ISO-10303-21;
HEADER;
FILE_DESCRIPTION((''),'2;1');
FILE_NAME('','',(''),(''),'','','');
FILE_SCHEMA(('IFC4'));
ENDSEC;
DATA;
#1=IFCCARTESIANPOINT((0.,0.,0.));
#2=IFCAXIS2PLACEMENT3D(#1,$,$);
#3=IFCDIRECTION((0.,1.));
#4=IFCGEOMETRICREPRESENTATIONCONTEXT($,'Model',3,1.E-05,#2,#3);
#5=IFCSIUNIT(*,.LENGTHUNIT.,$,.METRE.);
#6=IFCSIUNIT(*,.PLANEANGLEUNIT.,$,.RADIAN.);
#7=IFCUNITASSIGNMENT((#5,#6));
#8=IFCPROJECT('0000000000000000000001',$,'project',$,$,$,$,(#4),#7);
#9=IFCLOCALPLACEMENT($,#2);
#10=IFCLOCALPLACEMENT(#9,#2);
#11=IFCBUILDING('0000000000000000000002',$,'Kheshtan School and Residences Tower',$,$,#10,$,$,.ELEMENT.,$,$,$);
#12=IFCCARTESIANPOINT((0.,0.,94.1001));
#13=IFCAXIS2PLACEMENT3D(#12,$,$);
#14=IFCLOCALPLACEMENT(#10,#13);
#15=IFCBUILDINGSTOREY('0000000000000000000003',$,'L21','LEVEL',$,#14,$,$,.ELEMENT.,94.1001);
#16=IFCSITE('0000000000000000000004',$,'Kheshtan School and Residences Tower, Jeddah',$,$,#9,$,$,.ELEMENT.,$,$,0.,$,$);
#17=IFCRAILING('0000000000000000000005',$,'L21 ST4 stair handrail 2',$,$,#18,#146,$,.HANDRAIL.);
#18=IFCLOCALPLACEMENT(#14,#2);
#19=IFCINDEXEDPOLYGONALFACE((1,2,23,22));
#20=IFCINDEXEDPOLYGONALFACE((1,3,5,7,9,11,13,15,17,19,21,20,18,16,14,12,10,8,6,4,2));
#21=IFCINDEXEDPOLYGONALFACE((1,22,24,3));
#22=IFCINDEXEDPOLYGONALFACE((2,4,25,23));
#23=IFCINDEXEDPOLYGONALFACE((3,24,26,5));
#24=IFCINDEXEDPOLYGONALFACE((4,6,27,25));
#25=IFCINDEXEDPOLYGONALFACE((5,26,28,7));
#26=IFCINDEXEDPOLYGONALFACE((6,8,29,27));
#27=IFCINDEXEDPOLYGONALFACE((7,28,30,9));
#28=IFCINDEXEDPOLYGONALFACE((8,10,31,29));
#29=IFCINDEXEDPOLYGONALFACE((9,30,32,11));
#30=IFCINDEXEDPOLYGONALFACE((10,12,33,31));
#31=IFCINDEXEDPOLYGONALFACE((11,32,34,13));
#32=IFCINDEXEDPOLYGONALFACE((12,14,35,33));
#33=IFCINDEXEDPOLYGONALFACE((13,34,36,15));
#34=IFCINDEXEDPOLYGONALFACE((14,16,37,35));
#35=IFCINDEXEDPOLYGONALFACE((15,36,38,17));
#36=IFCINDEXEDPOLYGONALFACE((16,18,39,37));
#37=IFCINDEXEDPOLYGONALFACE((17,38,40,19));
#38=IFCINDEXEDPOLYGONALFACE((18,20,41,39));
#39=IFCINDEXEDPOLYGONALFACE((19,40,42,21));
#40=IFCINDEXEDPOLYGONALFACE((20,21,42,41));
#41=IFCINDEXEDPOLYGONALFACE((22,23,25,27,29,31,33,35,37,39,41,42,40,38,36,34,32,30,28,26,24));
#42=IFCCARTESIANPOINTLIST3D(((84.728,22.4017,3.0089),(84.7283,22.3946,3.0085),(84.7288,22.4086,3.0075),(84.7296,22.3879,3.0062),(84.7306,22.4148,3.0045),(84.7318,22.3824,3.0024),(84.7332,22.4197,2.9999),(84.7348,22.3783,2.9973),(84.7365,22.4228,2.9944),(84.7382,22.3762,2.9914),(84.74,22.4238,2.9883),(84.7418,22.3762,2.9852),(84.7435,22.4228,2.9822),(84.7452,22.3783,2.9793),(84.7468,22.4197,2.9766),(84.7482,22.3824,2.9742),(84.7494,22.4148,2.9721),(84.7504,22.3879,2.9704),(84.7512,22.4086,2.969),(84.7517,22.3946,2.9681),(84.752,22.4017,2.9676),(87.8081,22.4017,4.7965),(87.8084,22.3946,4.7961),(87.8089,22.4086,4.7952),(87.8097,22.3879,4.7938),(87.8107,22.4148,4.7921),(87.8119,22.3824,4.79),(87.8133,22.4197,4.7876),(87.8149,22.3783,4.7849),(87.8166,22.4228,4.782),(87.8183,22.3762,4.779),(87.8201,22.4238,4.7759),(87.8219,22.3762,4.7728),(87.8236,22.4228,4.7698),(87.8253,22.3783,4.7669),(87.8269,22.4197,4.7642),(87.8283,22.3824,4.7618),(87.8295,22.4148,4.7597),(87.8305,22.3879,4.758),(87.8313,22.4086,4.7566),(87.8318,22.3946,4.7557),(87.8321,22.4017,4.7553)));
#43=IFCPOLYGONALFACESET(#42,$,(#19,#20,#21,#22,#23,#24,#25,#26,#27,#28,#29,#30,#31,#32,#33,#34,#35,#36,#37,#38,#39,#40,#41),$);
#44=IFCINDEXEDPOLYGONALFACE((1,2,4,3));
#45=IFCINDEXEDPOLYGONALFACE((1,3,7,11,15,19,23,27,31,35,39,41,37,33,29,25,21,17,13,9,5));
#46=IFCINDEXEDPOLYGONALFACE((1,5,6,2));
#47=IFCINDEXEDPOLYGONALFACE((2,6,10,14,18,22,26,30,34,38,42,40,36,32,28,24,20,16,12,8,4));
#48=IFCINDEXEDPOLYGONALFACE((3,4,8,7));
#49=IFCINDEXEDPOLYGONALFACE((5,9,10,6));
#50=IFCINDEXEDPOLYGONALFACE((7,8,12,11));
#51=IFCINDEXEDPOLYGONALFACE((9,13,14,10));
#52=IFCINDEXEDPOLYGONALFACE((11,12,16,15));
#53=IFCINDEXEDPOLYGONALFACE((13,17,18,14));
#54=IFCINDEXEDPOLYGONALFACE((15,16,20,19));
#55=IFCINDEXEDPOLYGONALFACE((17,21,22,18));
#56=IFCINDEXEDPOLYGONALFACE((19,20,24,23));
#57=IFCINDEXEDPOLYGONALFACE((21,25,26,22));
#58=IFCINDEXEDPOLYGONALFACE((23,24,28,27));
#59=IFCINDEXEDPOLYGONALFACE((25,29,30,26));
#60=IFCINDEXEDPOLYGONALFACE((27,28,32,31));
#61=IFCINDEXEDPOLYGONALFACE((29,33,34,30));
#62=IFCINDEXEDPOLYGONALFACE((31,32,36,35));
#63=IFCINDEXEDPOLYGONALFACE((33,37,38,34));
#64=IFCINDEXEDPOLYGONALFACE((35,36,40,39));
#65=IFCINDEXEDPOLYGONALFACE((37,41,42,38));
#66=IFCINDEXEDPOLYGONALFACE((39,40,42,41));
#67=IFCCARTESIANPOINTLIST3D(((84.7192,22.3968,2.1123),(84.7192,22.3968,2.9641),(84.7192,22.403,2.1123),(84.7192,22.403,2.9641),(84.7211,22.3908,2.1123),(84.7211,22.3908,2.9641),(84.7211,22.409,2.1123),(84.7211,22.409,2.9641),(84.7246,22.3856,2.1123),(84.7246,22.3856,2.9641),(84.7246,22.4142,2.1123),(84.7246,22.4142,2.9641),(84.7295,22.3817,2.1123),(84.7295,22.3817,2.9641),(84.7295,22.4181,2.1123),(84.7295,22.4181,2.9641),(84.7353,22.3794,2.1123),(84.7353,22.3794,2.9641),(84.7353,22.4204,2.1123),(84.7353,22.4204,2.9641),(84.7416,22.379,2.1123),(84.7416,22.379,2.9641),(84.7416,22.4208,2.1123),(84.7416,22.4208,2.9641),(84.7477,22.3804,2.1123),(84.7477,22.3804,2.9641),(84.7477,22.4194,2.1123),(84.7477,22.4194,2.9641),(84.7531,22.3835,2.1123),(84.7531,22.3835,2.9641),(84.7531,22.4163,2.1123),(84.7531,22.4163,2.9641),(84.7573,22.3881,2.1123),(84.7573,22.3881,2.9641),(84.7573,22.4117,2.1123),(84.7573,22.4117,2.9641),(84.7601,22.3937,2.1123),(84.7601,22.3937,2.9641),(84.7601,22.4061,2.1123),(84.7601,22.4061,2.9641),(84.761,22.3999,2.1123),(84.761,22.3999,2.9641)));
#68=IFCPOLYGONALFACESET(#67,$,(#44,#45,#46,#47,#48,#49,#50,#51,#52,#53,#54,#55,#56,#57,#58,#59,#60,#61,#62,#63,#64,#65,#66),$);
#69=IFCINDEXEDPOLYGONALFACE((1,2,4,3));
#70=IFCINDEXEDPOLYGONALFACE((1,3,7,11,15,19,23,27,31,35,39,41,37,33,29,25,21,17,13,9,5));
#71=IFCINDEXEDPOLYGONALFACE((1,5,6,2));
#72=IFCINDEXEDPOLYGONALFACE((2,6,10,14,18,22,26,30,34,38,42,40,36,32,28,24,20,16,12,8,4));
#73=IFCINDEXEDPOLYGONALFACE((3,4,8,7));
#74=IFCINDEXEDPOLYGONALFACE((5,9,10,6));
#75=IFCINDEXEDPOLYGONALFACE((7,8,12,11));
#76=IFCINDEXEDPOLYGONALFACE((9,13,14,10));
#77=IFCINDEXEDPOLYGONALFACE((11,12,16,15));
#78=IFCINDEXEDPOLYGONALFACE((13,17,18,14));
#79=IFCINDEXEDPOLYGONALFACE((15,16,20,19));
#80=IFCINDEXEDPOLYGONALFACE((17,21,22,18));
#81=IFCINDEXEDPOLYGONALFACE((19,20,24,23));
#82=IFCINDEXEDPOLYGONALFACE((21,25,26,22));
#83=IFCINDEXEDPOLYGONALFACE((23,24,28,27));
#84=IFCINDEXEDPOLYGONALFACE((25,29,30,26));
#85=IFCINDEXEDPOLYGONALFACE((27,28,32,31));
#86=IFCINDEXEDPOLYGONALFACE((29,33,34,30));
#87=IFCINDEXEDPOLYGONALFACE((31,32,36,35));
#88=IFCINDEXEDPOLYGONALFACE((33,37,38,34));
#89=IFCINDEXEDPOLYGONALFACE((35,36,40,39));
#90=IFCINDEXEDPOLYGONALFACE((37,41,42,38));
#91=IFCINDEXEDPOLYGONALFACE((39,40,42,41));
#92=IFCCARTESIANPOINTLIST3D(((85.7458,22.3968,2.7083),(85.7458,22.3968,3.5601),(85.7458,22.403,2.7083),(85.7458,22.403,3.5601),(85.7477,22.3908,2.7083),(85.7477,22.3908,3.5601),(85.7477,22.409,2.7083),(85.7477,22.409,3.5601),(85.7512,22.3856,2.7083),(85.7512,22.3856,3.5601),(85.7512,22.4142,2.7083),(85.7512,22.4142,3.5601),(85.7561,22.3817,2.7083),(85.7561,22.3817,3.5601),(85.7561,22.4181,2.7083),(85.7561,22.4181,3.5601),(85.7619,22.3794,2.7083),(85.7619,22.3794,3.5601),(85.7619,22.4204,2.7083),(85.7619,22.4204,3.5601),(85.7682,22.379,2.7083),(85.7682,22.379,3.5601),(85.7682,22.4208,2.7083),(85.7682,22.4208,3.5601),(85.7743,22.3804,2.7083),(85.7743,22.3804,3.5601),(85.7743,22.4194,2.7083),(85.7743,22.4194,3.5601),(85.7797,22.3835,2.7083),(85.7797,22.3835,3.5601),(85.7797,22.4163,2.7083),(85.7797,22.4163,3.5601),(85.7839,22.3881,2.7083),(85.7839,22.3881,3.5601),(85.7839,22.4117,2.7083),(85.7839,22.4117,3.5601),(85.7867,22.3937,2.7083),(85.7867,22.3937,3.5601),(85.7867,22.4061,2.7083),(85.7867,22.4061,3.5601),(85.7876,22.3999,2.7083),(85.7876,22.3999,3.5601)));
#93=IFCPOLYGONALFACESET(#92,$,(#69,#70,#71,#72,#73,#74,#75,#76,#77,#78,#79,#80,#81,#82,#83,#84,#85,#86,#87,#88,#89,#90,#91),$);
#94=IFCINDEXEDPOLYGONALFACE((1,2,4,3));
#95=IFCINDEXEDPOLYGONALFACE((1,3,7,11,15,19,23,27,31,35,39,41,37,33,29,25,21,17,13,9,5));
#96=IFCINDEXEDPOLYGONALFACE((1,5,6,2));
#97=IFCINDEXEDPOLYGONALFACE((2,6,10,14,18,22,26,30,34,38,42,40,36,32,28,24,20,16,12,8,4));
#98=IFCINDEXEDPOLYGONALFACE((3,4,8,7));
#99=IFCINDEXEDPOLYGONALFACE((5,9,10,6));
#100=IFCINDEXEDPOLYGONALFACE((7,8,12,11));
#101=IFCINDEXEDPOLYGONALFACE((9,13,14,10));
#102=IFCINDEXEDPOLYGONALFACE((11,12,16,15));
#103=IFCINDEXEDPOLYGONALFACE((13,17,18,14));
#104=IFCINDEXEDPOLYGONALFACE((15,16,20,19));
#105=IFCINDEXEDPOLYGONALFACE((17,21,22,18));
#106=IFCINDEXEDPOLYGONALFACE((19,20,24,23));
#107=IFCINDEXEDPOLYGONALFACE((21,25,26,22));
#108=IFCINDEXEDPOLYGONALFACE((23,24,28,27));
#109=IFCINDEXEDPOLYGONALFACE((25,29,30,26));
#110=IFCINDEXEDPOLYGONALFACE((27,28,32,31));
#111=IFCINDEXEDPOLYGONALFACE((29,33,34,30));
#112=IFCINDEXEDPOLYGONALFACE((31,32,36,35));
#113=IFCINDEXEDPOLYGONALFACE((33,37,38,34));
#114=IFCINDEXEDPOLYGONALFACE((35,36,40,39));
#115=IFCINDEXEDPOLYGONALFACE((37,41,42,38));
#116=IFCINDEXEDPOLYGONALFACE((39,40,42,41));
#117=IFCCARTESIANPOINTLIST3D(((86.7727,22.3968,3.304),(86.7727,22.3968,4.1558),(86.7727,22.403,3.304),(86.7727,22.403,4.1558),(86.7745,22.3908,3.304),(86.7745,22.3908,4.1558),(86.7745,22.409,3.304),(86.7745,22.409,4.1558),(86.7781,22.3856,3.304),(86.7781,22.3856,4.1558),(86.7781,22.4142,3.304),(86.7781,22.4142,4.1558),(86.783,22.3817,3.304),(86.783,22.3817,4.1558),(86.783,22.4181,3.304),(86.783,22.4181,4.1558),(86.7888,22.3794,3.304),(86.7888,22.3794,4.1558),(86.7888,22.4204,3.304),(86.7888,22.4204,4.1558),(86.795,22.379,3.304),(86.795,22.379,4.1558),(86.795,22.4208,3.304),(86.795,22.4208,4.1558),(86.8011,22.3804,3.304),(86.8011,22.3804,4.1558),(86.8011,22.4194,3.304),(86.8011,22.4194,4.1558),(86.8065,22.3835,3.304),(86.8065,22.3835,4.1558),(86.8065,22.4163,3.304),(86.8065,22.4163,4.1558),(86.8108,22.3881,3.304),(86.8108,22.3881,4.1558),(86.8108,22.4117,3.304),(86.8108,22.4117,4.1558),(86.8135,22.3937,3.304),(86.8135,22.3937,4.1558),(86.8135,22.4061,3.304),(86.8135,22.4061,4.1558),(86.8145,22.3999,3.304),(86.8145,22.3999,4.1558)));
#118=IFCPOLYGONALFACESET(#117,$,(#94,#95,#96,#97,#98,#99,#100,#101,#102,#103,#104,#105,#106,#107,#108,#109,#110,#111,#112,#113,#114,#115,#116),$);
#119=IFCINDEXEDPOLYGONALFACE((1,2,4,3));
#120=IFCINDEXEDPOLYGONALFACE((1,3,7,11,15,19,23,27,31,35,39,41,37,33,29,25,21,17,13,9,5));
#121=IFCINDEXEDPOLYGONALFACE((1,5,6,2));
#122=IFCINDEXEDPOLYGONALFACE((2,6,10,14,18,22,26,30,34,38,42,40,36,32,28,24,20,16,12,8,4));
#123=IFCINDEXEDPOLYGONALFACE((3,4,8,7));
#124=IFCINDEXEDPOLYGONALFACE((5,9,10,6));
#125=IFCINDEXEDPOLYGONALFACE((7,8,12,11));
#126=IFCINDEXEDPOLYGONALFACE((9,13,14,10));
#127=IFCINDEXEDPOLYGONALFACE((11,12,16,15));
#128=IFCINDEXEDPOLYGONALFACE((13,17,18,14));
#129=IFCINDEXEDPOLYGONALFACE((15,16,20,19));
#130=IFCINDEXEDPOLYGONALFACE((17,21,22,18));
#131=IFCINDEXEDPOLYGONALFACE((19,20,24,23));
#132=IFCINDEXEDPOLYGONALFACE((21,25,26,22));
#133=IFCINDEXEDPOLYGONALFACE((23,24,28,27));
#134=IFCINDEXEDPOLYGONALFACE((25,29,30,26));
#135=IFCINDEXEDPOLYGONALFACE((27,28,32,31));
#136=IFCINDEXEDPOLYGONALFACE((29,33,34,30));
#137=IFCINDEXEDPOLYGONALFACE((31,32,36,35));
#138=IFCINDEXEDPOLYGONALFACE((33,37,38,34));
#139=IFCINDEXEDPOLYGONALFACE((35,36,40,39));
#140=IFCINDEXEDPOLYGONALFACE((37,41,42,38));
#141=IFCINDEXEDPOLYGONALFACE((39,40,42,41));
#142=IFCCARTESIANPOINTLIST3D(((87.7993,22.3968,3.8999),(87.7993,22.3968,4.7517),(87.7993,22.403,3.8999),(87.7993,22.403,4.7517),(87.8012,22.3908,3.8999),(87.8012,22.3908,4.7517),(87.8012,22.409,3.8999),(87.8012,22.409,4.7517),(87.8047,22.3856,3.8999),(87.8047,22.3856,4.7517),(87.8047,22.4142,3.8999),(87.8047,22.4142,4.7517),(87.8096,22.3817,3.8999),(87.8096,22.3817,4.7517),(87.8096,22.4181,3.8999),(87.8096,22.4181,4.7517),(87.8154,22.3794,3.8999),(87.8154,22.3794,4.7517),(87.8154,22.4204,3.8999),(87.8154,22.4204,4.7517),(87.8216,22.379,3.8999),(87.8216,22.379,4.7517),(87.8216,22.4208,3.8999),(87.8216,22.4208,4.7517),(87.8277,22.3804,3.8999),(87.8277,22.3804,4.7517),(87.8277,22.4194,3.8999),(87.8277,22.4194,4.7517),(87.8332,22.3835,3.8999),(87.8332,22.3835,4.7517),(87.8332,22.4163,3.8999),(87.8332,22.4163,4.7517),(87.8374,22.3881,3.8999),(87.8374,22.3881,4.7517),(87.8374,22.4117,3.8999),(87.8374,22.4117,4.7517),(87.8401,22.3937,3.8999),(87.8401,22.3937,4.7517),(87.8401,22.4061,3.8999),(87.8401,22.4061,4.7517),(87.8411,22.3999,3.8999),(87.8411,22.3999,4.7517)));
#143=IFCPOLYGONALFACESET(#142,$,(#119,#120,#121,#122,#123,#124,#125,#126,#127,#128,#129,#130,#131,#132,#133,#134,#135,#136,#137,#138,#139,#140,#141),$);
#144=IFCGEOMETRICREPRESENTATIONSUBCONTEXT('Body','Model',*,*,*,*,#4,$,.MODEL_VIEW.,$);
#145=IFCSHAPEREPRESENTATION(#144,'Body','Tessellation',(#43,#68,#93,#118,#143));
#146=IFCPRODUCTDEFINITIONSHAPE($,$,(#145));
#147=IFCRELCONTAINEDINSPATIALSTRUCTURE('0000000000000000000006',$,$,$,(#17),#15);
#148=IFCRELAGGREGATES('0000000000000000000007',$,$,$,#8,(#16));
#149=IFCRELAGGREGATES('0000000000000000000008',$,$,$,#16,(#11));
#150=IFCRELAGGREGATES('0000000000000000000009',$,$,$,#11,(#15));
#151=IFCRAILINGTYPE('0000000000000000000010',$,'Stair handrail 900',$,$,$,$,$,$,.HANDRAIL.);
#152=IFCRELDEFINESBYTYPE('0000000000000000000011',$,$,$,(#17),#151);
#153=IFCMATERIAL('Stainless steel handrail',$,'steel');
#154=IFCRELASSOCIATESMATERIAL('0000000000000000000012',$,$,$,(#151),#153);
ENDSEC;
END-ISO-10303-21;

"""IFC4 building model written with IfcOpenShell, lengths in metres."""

from ifc_helpers import new_model, si_unit, direction, frame, origin, origin_2d, place, context, subcontext, project, spatial, circle, extrude, material, type_object, element, save


model = new_model("IFC4")

# Units and contexts
model_context = context("Model", 3, precision=1e-05, world=origin(), true_north=direction((0.0, 1.0)))
body_context = subcontext(model_context, "Body", "Model", "MODEL_VIEW")
ifc_project = project(units=[si_unit("LENGTHUNIT", "METRE"), si_unit("PLANEANGLEUNIT", "RADIAN")], contexts=[model_context])

# Site, building, storey
site_placement = place(None, origin())
site = spatial("IfcSite", under=ifc_project, at=site_placement, Name="Kheshtan School and Residences Tower, Jeddah", CompositionType="ELEMENT", RefElevation=0.0)
building_placement = place(site_placement, origin())
building = spatial("IfcBuilding", under=site, at=building_placement, Name="Kheshtan School and Residences Tower", CompositionType="ELEMENT")
storey_placement = place(building_placement, frame((0.0, 0.0, 94.1001)))
storey = spatial("IfcBuildingStorey", under=building, at=storey_placement, Name="L21", Description="LEVEL", CompositionType="ELEMENT", Elevation=94.1001)

# Railing
ifc_material_1 = material(Name="Stainless steel handrail", Category="steel")
railing_type_1 = type_object("IfcRailingType", Name="Stair handrail 900", PredefinedType="HANDRAIL", material=ifc_material_1)
railing_1_placement = place(storey_placement, frame((84.74, 22.3999, 2.1123)))
element("IfcRailing", 1, at=railing_1_placement, inside=storey, type_object=railing_type_1, Name="L21 ST4 stair handrail 2", PredefinedType="HANDRAIL", context=body_context, shape_type="SweptSolid", body=[
    extrude(circle(Radius=0.0239, at=origin_2d()), frame((0.0, 0.0, 0.876), z_axis=(0.864891, 0.0, 0.50196), x_axis=(0.0, 1.0, 0.0)), (0.0, 0.0, 1.0), 3.5613),
    extrude(circle(Radius=0.021, at=origin_2d()), origin(), (0.0, 0.0, 1.0), 0.8518),
    extrude(circle(Radius=0.021, at=origin_2d()), frame((1.0266, 0.0, 0.5959)), (0.0, 0.0, 1.0), 0.8518),
    extrude(circle(Radius=0.021, at=origin_2d()), frame((2.0535, 0.0, 1.1917)), (0.0, 0.0, 1.0), 0.8518),
    extrude(circle(Radius=0.021, at=origin_2d()), frame((3.0801, 0.0, 1.7876)), (0.0, 0.0, 1.0), 0.8518),
])

save(model, "model.ifc")
